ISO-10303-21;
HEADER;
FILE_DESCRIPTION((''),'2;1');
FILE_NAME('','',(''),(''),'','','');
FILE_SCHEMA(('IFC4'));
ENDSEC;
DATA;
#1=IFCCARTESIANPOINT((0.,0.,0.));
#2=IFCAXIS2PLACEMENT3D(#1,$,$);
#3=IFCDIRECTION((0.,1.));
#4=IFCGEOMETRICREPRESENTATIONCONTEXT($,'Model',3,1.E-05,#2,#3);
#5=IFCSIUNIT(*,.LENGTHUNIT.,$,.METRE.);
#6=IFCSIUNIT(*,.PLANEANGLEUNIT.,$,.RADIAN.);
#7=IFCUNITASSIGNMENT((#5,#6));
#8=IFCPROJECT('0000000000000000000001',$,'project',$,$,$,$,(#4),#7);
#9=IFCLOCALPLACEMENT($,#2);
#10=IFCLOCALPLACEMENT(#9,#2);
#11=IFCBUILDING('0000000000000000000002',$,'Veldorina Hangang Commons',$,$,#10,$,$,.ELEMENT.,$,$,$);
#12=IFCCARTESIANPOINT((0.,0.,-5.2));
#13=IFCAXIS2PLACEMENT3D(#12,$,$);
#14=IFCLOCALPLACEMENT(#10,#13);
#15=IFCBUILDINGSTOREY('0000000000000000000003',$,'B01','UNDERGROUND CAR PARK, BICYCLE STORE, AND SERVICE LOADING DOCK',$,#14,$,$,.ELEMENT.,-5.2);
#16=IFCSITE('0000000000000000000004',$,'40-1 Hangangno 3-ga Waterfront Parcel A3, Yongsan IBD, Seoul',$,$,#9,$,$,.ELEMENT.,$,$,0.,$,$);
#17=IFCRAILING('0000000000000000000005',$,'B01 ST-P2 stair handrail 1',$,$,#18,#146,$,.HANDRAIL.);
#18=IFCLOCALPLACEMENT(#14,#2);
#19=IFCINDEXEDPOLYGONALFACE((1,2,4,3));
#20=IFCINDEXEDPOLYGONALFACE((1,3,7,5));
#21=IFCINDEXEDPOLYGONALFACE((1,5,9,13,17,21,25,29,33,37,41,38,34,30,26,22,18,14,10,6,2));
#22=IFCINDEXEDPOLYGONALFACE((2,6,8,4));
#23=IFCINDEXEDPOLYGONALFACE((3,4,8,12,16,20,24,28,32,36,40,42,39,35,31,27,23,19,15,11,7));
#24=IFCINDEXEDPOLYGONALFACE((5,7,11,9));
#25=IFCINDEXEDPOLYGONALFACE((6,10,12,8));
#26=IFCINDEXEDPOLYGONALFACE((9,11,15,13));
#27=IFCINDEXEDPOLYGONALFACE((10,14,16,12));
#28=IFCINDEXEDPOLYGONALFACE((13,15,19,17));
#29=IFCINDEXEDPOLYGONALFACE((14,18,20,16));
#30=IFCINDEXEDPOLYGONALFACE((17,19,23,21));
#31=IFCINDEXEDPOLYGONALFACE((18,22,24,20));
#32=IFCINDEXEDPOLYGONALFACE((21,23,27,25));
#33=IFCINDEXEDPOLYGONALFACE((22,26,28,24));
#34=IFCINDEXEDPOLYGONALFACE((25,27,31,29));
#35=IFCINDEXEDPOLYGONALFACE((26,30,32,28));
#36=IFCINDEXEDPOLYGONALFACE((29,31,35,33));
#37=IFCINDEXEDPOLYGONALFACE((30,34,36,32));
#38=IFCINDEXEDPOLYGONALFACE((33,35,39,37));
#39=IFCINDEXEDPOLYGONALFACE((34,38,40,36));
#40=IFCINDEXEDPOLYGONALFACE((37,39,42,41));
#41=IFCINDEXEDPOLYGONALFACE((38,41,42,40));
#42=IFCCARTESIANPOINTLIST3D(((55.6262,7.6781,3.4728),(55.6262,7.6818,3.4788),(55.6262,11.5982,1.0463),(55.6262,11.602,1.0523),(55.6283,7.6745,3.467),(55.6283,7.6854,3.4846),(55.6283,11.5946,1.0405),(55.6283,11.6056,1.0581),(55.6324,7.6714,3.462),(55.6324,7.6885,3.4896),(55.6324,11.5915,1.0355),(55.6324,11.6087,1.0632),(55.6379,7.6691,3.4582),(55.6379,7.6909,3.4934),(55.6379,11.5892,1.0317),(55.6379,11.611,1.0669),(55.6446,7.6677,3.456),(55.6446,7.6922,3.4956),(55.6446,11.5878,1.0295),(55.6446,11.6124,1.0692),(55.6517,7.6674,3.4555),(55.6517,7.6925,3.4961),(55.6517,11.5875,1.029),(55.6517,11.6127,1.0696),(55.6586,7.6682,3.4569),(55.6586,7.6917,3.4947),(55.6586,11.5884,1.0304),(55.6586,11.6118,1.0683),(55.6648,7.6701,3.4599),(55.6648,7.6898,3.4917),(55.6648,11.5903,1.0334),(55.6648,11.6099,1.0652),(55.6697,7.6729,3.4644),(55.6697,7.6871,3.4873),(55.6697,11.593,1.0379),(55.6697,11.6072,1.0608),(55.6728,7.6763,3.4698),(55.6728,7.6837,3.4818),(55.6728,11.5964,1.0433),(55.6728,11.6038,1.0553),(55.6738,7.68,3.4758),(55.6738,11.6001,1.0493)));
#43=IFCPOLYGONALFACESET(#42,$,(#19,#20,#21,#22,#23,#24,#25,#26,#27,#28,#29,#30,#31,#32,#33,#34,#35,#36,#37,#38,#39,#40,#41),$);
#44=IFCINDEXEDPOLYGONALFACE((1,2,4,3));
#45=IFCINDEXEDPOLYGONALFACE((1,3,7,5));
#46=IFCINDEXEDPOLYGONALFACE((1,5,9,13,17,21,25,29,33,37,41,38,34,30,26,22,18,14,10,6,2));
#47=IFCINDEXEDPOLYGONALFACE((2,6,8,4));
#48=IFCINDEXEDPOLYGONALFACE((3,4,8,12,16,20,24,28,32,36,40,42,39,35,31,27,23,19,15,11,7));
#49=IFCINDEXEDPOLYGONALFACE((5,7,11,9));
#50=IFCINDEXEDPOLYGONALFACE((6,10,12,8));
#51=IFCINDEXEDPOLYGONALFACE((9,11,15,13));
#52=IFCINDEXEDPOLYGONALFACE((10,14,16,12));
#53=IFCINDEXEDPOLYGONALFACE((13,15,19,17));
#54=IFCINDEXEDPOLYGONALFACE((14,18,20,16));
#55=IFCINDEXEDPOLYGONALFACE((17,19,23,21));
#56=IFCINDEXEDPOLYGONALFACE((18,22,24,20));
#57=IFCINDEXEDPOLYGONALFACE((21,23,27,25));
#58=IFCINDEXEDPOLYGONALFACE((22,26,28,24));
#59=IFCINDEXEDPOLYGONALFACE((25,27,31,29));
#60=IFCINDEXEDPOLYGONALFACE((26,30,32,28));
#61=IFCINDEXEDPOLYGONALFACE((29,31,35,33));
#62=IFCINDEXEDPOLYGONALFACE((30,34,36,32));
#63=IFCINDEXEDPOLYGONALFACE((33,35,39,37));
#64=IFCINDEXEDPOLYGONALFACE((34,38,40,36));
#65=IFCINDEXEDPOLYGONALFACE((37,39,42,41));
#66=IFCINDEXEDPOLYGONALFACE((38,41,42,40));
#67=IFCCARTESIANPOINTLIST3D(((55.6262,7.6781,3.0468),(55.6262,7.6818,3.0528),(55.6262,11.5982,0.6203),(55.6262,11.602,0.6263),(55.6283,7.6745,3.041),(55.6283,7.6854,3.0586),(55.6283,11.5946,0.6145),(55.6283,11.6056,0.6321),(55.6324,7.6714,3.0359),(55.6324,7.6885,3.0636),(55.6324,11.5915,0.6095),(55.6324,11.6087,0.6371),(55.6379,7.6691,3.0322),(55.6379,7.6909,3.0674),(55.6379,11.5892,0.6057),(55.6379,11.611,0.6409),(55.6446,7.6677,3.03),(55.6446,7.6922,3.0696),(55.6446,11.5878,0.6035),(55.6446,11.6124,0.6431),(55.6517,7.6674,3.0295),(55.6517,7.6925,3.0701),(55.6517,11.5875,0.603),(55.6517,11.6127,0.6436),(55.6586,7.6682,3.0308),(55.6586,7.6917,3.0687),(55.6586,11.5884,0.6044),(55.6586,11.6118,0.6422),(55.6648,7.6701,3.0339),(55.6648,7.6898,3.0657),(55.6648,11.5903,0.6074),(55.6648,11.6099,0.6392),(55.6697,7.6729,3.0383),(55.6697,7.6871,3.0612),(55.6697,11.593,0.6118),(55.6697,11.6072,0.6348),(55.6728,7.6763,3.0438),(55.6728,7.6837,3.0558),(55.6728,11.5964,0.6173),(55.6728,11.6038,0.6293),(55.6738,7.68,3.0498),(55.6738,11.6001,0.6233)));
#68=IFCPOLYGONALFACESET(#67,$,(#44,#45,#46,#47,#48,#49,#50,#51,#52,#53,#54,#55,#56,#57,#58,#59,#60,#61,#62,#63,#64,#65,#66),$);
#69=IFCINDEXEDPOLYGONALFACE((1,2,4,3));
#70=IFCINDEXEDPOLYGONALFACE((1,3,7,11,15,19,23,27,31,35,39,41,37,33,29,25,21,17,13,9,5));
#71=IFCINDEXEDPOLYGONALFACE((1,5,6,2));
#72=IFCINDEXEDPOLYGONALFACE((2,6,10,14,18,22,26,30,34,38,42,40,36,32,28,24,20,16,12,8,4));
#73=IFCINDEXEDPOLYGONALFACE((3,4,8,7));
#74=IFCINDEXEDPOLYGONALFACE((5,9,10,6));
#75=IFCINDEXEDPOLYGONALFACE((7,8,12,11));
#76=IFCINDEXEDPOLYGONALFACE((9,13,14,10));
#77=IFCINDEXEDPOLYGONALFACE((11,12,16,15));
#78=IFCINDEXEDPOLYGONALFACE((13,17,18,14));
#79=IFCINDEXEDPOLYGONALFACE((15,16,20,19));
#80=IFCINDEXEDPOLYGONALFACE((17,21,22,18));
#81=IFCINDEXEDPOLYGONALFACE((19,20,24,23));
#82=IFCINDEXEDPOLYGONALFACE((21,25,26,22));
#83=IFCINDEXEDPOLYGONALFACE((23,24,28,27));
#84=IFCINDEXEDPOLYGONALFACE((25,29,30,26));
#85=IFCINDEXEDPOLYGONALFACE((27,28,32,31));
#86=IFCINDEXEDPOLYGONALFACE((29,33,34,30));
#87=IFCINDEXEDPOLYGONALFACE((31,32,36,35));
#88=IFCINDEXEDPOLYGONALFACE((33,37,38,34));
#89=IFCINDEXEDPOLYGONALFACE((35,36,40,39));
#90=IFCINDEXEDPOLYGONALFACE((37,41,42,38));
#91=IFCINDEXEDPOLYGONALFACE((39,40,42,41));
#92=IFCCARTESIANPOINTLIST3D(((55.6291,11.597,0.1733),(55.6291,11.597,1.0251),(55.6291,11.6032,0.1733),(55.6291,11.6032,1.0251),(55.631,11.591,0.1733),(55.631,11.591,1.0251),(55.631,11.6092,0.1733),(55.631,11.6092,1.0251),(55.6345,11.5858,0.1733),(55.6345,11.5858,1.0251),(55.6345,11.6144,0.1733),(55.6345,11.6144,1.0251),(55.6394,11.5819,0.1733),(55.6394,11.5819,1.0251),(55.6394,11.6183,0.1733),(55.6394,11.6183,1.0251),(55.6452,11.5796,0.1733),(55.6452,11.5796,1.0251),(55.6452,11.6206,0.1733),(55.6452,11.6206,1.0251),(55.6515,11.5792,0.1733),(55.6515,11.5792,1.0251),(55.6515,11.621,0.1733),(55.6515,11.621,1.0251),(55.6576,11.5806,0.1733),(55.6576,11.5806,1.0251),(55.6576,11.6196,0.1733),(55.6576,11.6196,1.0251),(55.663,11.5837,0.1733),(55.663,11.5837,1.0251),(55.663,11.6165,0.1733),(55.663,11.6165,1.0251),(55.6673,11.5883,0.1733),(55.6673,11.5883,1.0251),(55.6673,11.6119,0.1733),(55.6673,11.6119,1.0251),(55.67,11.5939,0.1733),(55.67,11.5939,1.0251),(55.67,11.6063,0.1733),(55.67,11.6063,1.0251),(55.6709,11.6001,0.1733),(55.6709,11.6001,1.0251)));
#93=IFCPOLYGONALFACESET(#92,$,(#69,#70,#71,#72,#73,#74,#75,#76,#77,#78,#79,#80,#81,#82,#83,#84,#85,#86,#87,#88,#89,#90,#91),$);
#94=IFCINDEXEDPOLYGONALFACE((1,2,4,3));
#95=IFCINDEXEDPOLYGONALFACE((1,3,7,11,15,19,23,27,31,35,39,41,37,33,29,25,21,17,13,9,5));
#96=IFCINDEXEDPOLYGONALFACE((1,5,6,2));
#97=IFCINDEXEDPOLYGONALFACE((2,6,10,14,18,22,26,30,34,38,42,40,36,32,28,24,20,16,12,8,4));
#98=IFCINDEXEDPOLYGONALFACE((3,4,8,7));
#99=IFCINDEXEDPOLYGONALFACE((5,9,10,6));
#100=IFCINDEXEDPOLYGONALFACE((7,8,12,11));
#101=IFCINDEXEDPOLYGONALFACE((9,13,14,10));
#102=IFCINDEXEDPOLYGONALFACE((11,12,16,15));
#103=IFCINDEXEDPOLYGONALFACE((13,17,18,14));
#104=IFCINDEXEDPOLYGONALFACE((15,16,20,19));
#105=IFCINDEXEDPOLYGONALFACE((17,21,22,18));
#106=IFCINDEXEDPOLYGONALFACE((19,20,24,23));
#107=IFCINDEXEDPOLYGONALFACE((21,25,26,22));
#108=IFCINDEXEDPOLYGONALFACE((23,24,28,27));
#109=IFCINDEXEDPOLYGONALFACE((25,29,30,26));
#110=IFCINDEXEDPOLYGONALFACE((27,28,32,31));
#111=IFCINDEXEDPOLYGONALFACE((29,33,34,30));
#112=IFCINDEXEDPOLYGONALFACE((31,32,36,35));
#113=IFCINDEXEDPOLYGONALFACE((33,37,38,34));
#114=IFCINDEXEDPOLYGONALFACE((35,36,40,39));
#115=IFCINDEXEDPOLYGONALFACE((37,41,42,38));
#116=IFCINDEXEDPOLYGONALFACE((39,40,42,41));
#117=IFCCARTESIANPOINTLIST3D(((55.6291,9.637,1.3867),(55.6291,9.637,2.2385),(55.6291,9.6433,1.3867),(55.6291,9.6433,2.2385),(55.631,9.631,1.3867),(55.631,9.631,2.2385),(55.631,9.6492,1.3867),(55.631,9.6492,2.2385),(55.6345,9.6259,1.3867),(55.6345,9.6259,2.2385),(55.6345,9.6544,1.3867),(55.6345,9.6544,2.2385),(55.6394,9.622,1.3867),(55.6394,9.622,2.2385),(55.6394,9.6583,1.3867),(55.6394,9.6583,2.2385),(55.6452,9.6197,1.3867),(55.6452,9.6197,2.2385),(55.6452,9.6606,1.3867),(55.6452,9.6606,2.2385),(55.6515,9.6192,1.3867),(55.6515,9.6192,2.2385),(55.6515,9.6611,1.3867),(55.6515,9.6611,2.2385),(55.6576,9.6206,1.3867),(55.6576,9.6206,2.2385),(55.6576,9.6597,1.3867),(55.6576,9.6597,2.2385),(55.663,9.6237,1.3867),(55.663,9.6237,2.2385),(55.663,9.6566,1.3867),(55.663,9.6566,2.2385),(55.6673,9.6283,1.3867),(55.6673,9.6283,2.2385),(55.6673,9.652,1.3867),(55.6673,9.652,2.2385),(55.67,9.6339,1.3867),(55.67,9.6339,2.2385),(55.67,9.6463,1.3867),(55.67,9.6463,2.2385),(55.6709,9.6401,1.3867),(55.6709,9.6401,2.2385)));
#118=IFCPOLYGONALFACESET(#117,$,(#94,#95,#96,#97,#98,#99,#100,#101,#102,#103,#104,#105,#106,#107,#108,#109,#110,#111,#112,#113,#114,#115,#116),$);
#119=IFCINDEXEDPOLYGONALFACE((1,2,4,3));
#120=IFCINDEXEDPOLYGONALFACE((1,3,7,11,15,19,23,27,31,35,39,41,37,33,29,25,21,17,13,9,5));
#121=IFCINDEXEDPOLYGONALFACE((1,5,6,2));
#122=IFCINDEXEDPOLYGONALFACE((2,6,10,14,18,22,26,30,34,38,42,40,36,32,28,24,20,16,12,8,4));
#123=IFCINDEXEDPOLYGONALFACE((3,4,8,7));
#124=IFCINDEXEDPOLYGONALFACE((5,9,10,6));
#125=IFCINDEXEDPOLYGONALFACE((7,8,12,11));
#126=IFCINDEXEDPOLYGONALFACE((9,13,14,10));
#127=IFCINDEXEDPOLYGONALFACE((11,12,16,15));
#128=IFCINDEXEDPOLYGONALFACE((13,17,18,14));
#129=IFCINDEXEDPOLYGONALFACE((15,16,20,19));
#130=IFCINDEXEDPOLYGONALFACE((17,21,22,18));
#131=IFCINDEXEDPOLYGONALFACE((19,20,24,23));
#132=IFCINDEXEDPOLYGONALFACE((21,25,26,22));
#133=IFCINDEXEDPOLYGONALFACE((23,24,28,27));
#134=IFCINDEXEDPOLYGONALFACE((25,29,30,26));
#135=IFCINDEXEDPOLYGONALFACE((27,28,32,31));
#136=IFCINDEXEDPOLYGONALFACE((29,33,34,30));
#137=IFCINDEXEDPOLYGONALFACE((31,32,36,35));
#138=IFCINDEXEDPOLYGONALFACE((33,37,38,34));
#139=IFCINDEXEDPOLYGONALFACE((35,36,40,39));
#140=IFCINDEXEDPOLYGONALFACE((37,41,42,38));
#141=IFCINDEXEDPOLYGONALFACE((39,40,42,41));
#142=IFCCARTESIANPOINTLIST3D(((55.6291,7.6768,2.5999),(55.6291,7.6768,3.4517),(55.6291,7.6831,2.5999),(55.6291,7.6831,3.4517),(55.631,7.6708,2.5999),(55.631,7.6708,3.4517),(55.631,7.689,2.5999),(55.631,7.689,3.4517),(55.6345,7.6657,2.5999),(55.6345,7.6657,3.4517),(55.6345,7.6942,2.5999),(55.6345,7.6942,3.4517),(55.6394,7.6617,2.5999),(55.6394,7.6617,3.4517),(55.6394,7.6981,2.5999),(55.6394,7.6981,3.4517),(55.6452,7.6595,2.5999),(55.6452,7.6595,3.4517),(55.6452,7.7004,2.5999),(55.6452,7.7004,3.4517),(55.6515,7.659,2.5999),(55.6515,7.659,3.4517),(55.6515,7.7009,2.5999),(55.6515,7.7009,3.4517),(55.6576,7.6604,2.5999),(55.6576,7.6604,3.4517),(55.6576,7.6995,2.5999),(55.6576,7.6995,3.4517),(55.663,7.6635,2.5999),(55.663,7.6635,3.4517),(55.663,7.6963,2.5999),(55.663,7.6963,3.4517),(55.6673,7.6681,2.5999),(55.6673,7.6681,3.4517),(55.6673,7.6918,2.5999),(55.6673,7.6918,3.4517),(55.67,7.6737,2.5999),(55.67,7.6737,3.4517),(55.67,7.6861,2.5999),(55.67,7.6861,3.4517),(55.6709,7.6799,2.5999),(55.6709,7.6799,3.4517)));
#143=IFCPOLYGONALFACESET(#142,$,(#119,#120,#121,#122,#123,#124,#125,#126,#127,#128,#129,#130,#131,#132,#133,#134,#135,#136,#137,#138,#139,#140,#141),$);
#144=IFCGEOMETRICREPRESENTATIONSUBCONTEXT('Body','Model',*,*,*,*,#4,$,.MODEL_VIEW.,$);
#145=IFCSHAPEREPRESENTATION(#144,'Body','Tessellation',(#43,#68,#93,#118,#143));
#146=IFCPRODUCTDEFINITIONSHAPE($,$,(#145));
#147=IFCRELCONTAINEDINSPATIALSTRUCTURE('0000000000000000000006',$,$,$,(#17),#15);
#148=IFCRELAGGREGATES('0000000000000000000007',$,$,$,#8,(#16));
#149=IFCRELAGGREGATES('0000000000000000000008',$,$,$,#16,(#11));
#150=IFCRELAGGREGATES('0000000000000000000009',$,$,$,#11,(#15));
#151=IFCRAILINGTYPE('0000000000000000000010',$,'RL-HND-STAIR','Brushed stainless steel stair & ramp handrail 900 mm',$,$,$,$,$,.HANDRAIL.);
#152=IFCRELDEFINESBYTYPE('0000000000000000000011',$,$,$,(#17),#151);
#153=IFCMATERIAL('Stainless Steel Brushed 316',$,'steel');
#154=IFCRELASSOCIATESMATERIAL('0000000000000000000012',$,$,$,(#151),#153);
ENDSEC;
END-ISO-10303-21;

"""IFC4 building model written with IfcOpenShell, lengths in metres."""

from ifc_helpers import new_model, si_unit, direction, frame, origin, origin_2d, place, context, subcontext, project, spatial, circle, extrude, material, type_object, element, save


model = new_model("IFC4")

# Units and contexts
model_context = context("Model", 3, precision=1e-05, world=origin(), true_north=direction((0.0, 1.0)))
body_context = subcontext(model_context, "Body", "Model", "MODEL_VIEW")
ifc_project = project(units=[si_unit("LENGTHUNIT", "METRE"), si_unit("PLANEANGLEUNIT", "RADIAN")], contexts=[model_context])

# Site, building, storey
site_placement = place(None, origin())
site = spatial("IfcSite", under=ifc_project, at=site_placement, Name="40-1 Hangangno 3-ga Waterfront Parcel A3, Yongsan IBD, Seoul", CompositionType="ELEMENT", RefElevation=0.0)
building_placement = place(site_placement, origin())
building = spatial("IfcBuilding", under=site, at=building_placement, Name="Veldorina Hangang Commons", CompositionType="ELEMENT")
storey_placement = place(building_placement, frame((0.0, 0.0, -5.2)))
storey = spatial("IfcBuildingStorey", under=building, at=storey_placement, Name="B01", Description="UNDERGROUND CAR PARK, BICYCLE STORE, AND SERVICE LOADING DOCK", CompositionType="ELEMENT", Elevation=-5.2)

# Railing
ifc_material_1 = material(Name="Stainless Steel Brushed 316", Category="steel")
railing_type_1 = type_object("IfcRailingType", Name="RL-HND-STAIR", Description="Brushed stainless steel stair & ramp handrail 900 mm", PredefinedType="HANDRAIL", material=ifc_material_1)
railing_1_placement = place(storey_placement, frame((55.6499, 11.6001, 0.1733)))
element("IfcRailing", 1, at=railing_1_placement, inside=storey, type_object=railing_type_1, Name="B01 ST-P2 stair handrail 1", PredefinedType="HANDRAIL", context=body_context, shape_type="SweptSolid", body=[
    extrude(circle(Radius=0.0239, at=origin_2d()), frame((0.0, 0.0, 0.876), z_axis=(0.0, -0.85029, 0.526315), x_axis=(1.0, 0.0, 0.0)), (0.0, 0.0, 1.0), 4.6104),
    extrude(circle(Radius=0.0239, at=origin_2d()), frame((0.0, 0.0, 0.45), z_axis=(0.0, -0.85029, 0.526315), x_axis=(1.0, 0.0, 0.0)), (0.0, 0.0, 1.0), 4.6104),
    extrude(circle(Radius=0.021, at=origin_2d()), origin(), (0.0, 0.0, 1.0), 0.8518),
    extrude(circle(Radius=0.021, at=origin_2d()), frame((0.0, -1.96, 1.2134)), (0.0, 0.0, 1.0), 0.8518),
    extrude(circle(Radius=0.021, at=origin_2d()), frame((0.0, -3.9202, 2.4265)), (0.0, 0.0, 1.0), 0.8518),
])

save(model, "model.ifc")
